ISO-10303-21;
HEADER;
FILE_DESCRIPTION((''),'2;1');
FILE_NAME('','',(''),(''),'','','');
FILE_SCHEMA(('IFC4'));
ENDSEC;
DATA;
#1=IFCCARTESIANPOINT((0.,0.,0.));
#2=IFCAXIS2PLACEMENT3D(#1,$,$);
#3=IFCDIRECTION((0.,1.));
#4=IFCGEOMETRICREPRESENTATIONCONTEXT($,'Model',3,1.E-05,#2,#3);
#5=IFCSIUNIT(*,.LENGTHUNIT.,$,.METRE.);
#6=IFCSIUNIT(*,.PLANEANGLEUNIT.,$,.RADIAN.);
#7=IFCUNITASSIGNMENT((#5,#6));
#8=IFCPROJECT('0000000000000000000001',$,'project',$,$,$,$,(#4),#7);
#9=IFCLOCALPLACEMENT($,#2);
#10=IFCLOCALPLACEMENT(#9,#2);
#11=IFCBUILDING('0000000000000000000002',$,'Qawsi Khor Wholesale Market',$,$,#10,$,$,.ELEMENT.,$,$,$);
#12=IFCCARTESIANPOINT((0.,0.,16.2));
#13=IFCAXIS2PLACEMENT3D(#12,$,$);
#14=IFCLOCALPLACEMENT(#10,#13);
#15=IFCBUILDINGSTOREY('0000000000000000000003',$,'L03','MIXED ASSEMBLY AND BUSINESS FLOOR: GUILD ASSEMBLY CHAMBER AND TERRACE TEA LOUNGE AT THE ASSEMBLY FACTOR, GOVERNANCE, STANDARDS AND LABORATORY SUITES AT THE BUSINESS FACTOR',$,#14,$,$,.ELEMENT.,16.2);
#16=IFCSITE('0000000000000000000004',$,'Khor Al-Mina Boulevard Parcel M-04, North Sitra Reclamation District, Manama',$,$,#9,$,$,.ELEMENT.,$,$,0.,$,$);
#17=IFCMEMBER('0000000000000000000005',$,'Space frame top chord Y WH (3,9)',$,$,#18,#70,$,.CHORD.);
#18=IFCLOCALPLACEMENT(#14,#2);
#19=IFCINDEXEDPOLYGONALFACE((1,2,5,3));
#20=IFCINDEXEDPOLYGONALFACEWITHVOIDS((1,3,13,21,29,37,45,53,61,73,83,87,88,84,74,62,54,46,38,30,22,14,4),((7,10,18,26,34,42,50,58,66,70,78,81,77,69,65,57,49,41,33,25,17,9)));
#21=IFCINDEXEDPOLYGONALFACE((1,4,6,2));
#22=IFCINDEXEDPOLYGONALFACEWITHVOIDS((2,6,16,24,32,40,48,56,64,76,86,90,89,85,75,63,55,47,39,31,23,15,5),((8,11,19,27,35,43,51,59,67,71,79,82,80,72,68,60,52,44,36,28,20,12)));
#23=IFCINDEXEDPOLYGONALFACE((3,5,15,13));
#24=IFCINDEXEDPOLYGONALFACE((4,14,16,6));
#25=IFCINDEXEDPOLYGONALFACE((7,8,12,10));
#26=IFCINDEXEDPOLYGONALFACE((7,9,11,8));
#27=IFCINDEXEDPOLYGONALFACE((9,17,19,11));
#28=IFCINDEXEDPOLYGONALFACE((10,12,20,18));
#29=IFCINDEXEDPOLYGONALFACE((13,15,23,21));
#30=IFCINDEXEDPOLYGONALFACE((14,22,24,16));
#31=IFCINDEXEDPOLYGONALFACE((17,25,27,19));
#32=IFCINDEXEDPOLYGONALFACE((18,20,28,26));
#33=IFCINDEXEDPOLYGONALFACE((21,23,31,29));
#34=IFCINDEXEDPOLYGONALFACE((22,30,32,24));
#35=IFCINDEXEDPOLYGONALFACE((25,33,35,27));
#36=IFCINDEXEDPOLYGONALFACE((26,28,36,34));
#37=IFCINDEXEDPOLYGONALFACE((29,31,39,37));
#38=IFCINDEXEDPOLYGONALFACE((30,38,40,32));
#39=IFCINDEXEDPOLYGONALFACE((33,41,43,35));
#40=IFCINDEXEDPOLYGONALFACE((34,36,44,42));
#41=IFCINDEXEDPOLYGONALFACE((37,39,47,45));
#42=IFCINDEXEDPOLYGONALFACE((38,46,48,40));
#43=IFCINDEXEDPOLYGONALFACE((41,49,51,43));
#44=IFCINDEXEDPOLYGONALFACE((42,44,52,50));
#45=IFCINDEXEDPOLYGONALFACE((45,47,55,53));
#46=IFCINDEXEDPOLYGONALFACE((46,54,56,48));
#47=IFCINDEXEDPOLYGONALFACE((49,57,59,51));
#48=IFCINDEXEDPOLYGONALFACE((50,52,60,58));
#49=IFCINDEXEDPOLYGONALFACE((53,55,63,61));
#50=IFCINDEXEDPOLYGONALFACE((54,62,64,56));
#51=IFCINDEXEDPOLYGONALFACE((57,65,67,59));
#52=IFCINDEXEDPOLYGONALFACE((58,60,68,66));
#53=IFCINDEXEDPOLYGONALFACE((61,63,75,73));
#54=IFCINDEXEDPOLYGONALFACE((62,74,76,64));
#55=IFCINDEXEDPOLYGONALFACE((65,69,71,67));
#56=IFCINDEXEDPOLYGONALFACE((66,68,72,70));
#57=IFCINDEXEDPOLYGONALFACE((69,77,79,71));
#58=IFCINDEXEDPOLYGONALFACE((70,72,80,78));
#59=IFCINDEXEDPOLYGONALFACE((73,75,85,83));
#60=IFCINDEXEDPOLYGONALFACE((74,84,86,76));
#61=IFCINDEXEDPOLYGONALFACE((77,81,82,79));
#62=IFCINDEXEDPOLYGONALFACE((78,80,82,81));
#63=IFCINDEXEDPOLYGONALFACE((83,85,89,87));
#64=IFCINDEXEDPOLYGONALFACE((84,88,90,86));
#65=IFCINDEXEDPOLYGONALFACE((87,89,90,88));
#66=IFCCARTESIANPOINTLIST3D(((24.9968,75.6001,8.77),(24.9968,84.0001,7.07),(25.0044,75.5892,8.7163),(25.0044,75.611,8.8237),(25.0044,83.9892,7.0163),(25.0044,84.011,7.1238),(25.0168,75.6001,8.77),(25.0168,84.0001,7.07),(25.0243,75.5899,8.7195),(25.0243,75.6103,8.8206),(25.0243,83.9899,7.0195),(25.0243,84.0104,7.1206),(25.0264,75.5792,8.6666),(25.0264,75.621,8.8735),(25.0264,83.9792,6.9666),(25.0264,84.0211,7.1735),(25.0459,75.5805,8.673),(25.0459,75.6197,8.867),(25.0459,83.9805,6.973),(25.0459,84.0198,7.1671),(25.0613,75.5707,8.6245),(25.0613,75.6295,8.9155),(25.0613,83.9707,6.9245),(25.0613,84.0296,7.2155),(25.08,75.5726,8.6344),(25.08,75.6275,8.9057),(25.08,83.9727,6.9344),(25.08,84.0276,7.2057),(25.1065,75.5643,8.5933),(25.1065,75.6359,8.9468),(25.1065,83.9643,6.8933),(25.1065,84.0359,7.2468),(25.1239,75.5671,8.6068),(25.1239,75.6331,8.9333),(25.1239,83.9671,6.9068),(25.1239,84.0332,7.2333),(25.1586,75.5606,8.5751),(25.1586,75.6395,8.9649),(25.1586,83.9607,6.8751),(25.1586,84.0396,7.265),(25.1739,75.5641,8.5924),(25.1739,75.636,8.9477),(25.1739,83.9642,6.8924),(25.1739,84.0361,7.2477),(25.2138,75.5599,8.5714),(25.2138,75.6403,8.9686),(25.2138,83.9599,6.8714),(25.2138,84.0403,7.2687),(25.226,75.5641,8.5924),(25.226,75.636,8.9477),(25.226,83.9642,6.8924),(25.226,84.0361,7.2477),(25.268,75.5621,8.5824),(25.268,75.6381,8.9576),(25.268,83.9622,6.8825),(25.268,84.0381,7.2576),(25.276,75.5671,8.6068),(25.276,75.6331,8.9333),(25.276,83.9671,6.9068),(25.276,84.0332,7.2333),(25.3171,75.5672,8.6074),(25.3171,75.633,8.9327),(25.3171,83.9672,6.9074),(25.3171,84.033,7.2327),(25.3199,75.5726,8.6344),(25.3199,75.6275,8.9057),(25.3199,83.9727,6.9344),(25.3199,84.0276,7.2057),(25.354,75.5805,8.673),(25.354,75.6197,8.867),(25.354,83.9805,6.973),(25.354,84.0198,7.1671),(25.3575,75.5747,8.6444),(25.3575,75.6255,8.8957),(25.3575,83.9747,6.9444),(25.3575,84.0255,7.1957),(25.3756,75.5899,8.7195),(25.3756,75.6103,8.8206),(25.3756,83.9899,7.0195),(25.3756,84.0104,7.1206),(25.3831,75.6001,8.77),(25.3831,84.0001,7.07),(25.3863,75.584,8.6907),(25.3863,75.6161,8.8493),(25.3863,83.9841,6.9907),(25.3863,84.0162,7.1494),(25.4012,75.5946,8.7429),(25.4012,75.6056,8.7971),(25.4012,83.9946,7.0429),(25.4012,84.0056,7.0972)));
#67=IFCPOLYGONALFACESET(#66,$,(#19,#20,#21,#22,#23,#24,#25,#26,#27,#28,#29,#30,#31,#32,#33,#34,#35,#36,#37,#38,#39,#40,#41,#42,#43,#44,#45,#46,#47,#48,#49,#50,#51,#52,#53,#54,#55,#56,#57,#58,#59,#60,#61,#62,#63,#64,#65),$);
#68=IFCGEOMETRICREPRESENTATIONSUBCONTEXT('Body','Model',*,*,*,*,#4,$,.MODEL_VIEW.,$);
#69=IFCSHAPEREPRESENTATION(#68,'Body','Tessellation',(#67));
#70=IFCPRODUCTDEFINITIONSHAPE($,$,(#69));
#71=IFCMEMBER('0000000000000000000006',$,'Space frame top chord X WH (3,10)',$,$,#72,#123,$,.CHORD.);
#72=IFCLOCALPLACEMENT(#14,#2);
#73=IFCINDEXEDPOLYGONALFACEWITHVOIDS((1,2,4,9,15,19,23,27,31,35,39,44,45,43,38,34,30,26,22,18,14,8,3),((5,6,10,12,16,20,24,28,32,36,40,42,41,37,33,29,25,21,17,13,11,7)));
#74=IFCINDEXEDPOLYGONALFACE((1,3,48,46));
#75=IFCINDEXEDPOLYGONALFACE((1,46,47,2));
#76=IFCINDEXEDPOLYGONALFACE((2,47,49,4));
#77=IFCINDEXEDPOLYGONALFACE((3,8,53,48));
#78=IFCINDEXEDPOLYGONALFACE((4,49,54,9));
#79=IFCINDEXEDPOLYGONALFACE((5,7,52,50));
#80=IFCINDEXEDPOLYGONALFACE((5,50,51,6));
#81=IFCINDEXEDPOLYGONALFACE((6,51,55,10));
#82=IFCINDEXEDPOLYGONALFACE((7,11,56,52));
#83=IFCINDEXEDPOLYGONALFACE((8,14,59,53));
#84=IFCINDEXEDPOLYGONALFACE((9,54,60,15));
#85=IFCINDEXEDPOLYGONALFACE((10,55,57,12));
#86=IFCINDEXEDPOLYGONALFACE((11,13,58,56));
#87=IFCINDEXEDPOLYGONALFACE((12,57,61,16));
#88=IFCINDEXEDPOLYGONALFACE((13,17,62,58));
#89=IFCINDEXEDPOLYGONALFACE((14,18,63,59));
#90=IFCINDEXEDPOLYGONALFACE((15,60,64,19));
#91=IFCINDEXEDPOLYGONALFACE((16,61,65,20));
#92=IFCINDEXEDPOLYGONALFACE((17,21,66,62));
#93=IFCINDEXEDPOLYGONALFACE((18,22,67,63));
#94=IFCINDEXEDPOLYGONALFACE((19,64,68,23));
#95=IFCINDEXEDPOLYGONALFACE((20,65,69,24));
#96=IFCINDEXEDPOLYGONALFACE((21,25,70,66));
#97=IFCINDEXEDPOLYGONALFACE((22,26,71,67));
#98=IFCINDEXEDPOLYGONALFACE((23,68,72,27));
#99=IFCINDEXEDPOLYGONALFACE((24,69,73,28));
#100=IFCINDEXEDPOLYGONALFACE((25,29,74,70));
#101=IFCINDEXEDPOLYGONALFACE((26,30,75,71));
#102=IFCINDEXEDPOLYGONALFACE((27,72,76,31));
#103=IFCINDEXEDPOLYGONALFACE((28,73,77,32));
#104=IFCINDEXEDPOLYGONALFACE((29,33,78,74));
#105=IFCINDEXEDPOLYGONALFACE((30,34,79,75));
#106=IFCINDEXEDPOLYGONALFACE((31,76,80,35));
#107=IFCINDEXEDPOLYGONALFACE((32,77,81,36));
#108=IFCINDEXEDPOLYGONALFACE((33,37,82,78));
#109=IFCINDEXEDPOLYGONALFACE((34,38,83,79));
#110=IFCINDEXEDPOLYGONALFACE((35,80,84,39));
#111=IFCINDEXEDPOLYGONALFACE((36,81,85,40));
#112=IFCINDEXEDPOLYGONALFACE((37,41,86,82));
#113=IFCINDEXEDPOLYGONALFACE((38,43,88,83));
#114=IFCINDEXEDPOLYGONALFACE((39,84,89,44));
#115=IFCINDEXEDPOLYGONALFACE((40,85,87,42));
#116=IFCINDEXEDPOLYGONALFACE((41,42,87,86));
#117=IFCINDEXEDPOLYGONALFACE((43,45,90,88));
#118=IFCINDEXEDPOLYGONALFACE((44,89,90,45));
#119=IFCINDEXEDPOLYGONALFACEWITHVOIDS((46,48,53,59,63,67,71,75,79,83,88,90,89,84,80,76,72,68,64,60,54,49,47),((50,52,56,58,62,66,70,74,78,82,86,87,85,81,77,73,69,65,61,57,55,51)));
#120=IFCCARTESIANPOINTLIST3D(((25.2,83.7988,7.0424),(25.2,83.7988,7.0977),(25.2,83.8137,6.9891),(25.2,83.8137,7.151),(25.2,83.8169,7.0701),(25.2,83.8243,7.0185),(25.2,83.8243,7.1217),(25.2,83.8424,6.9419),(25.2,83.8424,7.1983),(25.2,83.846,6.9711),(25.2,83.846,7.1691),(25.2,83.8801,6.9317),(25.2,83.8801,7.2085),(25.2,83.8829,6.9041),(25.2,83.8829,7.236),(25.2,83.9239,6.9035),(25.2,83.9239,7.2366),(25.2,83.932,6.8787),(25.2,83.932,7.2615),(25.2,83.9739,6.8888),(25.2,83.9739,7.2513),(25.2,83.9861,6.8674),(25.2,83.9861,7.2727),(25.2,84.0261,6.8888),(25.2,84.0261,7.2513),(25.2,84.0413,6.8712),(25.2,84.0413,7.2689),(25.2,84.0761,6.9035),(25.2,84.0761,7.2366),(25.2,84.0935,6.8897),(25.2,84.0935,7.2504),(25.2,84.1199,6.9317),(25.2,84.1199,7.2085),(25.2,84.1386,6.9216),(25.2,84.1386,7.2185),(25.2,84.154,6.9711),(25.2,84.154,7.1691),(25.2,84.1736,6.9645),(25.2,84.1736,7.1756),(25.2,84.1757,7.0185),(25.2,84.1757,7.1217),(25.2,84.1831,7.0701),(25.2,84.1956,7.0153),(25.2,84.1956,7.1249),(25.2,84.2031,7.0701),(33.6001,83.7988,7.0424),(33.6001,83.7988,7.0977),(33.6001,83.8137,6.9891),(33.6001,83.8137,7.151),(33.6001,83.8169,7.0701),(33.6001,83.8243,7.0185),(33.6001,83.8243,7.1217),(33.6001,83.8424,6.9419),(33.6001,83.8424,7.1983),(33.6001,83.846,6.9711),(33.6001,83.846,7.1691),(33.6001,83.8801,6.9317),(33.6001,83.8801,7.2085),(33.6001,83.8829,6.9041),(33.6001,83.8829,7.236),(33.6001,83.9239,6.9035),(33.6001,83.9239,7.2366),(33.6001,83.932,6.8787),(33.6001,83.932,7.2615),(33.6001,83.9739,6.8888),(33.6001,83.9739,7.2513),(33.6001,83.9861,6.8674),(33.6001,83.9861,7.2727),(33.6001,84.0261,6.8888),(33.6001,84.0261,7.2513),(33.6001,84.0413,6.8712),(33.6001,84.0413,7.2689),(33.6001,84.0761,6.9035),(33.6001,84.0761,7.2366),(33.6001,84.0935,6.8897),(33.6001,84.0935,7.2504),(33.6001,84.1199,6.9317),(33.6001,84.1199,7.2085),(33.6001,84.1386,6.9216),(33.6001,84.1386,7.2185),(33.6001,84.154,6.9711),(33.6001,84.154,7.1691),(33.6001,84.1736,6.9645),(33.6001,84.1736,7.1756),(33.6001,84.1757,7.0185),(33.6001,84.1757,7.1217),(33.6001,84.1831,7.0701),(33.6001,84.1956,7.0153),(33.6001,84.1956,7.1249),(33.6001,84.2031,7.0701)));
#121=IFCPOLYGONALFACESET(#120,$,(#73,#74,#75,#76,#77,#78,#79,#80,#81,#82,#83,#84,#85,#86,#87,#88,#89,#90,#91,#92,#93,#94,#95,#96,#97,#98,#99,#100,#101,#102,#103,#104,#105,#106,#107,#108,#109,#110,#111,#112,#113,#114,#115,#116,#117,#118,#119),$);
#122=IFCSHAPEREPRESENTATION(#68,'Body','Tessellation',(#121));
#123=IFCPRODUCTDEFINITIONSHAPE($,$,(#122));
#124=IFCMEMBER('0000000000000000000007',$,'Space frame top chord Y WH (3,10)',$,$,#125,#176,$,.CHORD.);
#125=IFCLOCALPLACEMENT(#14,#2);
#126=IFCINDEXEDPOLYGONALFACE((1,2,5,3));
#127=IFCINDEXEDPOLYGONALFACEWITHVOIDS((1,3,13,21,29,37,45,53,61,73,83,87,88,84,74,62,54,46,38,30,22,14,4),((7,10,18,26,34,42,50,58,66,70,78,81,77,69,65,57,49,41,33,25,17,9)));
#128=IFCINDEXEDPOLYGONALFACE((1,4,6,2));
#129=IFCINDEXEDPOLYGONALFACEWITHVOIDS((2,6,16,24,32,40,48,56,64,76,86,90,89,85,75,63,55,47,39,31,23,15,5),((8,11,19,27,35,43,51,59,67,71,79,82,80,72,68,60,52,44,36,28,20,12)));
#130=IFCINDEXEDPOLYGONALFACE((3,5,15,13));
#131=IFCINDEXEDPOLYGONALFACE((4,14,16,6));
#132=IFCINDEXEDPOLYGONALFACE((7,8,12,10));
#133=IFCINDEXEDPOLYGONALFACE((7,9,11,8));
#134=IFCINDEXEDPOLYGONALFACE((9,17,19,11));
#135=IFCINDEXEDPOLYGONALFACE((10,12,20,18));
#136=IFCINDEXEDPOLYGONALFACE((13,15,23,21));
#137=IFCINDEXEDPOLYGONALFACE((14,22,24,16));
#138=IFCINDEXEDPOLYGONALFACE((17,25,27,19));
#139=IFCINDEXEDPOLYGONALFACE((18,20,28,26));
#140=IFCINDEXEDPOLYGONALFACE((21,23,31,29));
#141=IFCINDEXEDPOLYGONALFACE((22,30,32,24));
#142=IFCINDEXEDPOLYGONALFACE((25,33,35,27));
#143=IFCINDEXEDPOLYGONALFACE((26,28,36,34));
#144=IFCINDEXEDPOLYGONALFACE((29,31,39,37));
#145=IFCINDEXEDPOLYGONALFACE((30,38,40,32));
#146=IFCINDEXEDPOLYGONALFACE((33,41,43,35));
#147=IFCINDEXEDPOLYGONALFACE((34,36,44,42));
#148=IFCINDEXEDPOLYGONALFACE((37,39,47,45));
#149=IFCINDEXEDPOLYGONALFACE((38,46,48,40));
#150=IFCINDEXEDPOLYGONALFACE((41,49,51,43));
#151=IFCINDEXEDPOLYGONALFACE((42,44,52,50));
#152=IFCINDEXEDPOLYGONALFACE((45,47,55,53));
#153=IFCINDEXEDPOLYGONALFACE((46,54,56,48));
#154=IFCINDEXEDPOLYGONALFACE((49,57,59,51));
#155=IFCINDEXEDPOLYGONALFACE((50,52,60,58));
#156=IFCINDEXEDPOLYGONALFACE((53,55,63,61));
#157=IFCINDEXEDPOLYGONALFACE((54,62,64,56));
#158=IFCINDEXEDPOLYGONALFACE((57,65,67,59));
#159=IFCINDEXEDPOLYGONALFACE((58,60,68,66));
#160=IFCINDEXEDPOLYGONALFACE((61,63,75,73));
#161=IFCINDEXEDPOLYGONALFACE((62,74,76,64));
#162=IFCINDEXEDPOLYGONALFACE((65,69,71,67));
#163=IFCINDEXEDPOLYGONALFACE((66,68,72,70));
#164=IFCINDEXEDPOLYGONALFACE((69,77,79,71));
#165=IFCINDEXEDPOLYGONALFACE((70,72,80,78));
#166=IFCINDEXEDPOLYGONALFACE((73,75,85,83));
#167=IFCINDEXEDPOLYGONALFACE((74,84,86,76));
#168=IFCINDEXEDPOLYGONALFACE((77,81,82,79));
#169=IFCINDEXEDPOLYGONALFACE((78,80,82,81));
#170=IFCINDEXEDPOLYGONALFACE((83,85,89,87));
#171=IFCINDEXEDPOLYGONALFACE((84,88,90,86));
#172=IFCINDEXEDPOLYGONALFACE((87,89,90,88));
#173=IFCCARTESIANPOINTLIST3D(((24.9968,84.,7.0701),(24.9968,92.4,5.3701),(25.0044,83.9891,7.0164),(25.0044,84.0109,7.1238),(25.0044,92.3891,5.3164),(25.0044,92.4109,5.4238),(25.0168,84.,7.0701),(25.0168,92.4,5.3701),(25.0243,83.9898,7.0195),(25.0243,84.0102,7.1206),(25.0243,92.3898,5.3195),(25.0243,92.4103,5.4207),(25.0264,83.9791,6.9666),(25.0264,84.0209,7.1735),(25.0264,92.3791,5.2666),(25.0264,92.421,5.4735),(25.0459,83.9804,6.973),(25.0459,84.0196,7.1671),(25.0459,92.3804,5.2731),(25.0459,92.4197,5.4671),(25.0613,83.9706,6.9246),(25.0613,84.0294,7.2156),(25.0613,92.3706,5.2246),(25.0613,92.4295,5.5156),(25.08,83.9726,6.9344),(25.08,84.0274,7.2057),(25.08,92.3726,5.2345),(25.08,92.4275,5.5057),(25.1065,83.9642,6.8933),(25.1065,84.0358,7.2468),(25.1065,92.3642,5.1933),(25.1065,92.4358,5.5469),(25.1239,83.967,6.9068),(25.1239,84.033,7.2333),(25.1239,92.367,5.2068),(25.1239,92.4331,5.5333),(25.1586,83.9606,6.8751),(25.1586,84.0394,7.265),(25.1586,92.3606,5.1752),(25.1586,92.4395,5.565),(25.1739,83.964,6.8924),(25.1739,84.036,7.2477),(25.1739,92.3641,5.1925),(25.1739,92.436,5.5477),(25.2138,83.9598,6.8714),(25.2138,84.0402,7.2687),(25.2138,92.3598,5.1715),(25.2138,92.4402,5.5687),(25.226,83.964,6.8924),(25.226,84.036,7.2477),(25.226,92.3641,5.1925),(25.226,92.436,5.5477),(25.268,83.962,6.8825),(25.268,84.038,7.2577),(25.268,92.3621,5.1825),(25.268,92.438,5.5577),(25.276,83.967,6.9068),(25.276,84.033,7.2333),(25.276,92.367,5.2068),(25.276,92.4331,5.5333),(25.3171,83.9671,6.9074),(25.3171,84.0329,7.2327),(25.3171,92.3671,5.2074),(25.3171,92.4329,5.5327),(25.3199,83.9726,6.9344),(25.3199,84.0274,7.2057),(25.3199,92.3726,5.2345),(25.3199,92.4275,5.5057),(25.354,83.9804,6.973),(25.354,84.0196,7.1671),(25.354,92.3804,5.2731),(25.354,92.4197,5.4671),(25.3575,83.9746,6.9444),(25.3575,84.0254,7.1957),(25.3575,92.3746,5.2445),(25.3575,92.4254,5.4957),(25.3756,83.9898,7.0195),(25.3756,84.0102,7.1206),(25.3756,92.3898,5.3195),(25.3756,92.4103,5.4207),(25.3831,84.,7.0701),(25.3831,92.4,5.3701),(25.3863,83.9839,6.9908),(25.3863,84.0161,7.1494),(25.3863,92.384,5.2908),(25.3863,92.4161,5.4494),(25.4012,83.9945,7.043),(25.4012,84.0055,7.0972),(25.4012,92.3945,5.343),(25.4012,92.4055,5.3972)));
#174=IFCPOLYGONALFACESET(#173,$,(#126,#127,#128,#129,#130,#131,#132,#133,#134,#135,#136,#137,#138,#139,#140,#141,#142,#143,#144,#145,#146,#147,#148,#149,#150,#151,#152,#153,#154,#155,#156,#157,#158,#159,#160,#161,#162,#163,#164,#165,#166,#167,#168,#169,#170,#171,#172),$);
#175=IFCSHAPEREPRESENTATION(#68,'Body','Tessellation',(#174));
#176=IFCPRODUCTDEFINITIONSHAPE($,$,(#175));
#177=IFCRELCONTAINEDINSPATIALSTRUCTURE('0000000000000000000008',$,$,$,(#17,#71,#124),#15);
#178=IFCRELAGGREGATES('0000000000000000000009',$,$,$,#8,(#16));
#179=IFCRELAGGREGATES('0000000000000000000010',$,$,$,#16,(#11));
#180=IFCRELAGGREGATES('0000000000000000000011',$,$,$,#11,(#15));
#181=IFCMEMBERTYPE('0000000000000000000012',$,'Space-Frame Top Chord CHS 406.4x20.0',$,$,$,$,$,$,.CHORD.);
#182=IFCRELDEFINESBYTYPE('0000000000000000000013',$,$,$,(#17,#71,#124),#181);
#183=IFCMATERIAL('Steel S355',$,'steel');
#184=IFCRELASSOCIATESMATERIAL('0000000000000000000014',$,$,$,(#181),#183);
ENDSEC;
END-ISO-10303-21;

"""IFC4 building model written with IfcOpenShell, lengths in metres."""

from ifc_helpers import new_model, si_unit, direction, frame, origin, origin_2d, place, context, subcontext, project, spatial, hollow_circle, extrude, material, material_profile, profile_set, type_object, element, save


model = new_model("IFC4")

# Units and contexts
model_context = context("Model", 3, precision=1e-05, world=origin(), true_north=direction((0.0, 1.0)))
body_context = subcontext(model_context, "Body", "Model", "MODEL_VIEW")
ifc_project = project(units=[si_unit("LENGTHUNIT", "METRE"), si_unit("PLANEANGLEUNIT", "RADIAN")], contexts=[model_context])

# Site, building, storey
site_placement = place(None, origin())
site = spatial("IfcSite", under=ifc_project, at=site_placement, Name="Khor Al-Mina Boulevard Parcel M-04, North Sitra Reclamation District, Manama", CompositionType="ELEMENT", RefElevation=0.0)
building_placement = place(site_placement, origin())
building = spatial("IfcBuilding", under=site, at=building_placement, Name="Qawsi Khor Wholesale Market", CompositionType="ELEMENT")
storey_placement = place(building_placement, frame((0.0, 0.0, 16.2)))
storey = spatial("IfcBuildingStorey", under=building, at=storey_placement, Name="L03", Description="MIXED ASSEMBLY AND BUSINESS FLOOR: GUILD ASSEMBLY CHAMBER AND TERRACE TEA LOUNGE AT THE ASSEMBLY FACTOR, GOVERNANCE, STANDARDS AND LABORATORY SUITES AT THE BUSINESS FACTOR", CompositionType="ELEMENT", Elevation=16.2)

# Members
ifc_material_1 = material(Name="Steel S355", Category="steel")
ifc_material_profile_1 = material_profile(ifc_material_1, hollow_circle(Radius=0.2031, WallThickness=0.02, at=origin_2d()), Name="CHS 406.4x20.0")
ifc_profile_set_1 = profile_set([ifc_material_profile_1], Name="Steel S355")
member_type_1 = type_object("IfcMemberType", Name="Space-Frame Top Chord CHS 406.4x20.0", PredefinedType="CHORD", material=ifc_profile_set_1)
member_1_placement = place(storey_placement, frame((25.2, 75.6001, 8.77), z_axis=(0.0, 0.98013, -0.198356), x_axis=(-1.0, 0.0, 0.0)))
element("IfcMember", 1, at=member_1_placement, inside=storey, type_object=member_type_1, Name="Space frame top chord Y WH (3,9)", PredefinedType="CHORD", context=body_context, shape_type="SweptSolid", body=[
    extrude(hollow_circle(Radius=0.2031, WallThickness=0.02, at=origin_2d()), origin(), (0.0, 0.0, 1.0), 8.5703),
])
member_2_placement = place(storey_placement, frame((25.2, 84.0, 7.0701), z_axis=(1.0, 0.0, 0.0), x_axis=(0.0, 1.0, 0.0)))
element("IfcMember", 2, at=member_2_placement, inside=storey, type_object=member_type_1, Name="Space frame top chord X WH (3,10)", PredefinedType="CHORD", context=body_context, shape_type="SweptSolid", body=[
    extrude(hollow_circle(Radius=0.2031, WallThickness=0.02, at=origin_2d()), origin(), (0.0, 0.0, 1.0), 8.4001),
])
for number, where, z_axis, x_axis, name in (
    (3, (25.2, 84.0, 7.0701), (0.0, 0.98013, -0.198356), (-1.0, 0.0, 0.0), "Space frame top chord Y WH (3,10)"),
):
    element("IfcMember", number, at=place(storey_placement, frame(where, z_axis=z_axis, x_axis=x_axis)), inside=storey, type_object=member_type_1, Name=name, PredefinedType="CHORD", context=body_context, shape_type="SweptSolid", body=[
        extrude(hollow_circle(Radius=0.2031, WallThickness=0.02, at=origin_2d()), origin(), (0.0, 0.0, 1.0), 8.5703),
    ])

save(model, "model.ifc")
